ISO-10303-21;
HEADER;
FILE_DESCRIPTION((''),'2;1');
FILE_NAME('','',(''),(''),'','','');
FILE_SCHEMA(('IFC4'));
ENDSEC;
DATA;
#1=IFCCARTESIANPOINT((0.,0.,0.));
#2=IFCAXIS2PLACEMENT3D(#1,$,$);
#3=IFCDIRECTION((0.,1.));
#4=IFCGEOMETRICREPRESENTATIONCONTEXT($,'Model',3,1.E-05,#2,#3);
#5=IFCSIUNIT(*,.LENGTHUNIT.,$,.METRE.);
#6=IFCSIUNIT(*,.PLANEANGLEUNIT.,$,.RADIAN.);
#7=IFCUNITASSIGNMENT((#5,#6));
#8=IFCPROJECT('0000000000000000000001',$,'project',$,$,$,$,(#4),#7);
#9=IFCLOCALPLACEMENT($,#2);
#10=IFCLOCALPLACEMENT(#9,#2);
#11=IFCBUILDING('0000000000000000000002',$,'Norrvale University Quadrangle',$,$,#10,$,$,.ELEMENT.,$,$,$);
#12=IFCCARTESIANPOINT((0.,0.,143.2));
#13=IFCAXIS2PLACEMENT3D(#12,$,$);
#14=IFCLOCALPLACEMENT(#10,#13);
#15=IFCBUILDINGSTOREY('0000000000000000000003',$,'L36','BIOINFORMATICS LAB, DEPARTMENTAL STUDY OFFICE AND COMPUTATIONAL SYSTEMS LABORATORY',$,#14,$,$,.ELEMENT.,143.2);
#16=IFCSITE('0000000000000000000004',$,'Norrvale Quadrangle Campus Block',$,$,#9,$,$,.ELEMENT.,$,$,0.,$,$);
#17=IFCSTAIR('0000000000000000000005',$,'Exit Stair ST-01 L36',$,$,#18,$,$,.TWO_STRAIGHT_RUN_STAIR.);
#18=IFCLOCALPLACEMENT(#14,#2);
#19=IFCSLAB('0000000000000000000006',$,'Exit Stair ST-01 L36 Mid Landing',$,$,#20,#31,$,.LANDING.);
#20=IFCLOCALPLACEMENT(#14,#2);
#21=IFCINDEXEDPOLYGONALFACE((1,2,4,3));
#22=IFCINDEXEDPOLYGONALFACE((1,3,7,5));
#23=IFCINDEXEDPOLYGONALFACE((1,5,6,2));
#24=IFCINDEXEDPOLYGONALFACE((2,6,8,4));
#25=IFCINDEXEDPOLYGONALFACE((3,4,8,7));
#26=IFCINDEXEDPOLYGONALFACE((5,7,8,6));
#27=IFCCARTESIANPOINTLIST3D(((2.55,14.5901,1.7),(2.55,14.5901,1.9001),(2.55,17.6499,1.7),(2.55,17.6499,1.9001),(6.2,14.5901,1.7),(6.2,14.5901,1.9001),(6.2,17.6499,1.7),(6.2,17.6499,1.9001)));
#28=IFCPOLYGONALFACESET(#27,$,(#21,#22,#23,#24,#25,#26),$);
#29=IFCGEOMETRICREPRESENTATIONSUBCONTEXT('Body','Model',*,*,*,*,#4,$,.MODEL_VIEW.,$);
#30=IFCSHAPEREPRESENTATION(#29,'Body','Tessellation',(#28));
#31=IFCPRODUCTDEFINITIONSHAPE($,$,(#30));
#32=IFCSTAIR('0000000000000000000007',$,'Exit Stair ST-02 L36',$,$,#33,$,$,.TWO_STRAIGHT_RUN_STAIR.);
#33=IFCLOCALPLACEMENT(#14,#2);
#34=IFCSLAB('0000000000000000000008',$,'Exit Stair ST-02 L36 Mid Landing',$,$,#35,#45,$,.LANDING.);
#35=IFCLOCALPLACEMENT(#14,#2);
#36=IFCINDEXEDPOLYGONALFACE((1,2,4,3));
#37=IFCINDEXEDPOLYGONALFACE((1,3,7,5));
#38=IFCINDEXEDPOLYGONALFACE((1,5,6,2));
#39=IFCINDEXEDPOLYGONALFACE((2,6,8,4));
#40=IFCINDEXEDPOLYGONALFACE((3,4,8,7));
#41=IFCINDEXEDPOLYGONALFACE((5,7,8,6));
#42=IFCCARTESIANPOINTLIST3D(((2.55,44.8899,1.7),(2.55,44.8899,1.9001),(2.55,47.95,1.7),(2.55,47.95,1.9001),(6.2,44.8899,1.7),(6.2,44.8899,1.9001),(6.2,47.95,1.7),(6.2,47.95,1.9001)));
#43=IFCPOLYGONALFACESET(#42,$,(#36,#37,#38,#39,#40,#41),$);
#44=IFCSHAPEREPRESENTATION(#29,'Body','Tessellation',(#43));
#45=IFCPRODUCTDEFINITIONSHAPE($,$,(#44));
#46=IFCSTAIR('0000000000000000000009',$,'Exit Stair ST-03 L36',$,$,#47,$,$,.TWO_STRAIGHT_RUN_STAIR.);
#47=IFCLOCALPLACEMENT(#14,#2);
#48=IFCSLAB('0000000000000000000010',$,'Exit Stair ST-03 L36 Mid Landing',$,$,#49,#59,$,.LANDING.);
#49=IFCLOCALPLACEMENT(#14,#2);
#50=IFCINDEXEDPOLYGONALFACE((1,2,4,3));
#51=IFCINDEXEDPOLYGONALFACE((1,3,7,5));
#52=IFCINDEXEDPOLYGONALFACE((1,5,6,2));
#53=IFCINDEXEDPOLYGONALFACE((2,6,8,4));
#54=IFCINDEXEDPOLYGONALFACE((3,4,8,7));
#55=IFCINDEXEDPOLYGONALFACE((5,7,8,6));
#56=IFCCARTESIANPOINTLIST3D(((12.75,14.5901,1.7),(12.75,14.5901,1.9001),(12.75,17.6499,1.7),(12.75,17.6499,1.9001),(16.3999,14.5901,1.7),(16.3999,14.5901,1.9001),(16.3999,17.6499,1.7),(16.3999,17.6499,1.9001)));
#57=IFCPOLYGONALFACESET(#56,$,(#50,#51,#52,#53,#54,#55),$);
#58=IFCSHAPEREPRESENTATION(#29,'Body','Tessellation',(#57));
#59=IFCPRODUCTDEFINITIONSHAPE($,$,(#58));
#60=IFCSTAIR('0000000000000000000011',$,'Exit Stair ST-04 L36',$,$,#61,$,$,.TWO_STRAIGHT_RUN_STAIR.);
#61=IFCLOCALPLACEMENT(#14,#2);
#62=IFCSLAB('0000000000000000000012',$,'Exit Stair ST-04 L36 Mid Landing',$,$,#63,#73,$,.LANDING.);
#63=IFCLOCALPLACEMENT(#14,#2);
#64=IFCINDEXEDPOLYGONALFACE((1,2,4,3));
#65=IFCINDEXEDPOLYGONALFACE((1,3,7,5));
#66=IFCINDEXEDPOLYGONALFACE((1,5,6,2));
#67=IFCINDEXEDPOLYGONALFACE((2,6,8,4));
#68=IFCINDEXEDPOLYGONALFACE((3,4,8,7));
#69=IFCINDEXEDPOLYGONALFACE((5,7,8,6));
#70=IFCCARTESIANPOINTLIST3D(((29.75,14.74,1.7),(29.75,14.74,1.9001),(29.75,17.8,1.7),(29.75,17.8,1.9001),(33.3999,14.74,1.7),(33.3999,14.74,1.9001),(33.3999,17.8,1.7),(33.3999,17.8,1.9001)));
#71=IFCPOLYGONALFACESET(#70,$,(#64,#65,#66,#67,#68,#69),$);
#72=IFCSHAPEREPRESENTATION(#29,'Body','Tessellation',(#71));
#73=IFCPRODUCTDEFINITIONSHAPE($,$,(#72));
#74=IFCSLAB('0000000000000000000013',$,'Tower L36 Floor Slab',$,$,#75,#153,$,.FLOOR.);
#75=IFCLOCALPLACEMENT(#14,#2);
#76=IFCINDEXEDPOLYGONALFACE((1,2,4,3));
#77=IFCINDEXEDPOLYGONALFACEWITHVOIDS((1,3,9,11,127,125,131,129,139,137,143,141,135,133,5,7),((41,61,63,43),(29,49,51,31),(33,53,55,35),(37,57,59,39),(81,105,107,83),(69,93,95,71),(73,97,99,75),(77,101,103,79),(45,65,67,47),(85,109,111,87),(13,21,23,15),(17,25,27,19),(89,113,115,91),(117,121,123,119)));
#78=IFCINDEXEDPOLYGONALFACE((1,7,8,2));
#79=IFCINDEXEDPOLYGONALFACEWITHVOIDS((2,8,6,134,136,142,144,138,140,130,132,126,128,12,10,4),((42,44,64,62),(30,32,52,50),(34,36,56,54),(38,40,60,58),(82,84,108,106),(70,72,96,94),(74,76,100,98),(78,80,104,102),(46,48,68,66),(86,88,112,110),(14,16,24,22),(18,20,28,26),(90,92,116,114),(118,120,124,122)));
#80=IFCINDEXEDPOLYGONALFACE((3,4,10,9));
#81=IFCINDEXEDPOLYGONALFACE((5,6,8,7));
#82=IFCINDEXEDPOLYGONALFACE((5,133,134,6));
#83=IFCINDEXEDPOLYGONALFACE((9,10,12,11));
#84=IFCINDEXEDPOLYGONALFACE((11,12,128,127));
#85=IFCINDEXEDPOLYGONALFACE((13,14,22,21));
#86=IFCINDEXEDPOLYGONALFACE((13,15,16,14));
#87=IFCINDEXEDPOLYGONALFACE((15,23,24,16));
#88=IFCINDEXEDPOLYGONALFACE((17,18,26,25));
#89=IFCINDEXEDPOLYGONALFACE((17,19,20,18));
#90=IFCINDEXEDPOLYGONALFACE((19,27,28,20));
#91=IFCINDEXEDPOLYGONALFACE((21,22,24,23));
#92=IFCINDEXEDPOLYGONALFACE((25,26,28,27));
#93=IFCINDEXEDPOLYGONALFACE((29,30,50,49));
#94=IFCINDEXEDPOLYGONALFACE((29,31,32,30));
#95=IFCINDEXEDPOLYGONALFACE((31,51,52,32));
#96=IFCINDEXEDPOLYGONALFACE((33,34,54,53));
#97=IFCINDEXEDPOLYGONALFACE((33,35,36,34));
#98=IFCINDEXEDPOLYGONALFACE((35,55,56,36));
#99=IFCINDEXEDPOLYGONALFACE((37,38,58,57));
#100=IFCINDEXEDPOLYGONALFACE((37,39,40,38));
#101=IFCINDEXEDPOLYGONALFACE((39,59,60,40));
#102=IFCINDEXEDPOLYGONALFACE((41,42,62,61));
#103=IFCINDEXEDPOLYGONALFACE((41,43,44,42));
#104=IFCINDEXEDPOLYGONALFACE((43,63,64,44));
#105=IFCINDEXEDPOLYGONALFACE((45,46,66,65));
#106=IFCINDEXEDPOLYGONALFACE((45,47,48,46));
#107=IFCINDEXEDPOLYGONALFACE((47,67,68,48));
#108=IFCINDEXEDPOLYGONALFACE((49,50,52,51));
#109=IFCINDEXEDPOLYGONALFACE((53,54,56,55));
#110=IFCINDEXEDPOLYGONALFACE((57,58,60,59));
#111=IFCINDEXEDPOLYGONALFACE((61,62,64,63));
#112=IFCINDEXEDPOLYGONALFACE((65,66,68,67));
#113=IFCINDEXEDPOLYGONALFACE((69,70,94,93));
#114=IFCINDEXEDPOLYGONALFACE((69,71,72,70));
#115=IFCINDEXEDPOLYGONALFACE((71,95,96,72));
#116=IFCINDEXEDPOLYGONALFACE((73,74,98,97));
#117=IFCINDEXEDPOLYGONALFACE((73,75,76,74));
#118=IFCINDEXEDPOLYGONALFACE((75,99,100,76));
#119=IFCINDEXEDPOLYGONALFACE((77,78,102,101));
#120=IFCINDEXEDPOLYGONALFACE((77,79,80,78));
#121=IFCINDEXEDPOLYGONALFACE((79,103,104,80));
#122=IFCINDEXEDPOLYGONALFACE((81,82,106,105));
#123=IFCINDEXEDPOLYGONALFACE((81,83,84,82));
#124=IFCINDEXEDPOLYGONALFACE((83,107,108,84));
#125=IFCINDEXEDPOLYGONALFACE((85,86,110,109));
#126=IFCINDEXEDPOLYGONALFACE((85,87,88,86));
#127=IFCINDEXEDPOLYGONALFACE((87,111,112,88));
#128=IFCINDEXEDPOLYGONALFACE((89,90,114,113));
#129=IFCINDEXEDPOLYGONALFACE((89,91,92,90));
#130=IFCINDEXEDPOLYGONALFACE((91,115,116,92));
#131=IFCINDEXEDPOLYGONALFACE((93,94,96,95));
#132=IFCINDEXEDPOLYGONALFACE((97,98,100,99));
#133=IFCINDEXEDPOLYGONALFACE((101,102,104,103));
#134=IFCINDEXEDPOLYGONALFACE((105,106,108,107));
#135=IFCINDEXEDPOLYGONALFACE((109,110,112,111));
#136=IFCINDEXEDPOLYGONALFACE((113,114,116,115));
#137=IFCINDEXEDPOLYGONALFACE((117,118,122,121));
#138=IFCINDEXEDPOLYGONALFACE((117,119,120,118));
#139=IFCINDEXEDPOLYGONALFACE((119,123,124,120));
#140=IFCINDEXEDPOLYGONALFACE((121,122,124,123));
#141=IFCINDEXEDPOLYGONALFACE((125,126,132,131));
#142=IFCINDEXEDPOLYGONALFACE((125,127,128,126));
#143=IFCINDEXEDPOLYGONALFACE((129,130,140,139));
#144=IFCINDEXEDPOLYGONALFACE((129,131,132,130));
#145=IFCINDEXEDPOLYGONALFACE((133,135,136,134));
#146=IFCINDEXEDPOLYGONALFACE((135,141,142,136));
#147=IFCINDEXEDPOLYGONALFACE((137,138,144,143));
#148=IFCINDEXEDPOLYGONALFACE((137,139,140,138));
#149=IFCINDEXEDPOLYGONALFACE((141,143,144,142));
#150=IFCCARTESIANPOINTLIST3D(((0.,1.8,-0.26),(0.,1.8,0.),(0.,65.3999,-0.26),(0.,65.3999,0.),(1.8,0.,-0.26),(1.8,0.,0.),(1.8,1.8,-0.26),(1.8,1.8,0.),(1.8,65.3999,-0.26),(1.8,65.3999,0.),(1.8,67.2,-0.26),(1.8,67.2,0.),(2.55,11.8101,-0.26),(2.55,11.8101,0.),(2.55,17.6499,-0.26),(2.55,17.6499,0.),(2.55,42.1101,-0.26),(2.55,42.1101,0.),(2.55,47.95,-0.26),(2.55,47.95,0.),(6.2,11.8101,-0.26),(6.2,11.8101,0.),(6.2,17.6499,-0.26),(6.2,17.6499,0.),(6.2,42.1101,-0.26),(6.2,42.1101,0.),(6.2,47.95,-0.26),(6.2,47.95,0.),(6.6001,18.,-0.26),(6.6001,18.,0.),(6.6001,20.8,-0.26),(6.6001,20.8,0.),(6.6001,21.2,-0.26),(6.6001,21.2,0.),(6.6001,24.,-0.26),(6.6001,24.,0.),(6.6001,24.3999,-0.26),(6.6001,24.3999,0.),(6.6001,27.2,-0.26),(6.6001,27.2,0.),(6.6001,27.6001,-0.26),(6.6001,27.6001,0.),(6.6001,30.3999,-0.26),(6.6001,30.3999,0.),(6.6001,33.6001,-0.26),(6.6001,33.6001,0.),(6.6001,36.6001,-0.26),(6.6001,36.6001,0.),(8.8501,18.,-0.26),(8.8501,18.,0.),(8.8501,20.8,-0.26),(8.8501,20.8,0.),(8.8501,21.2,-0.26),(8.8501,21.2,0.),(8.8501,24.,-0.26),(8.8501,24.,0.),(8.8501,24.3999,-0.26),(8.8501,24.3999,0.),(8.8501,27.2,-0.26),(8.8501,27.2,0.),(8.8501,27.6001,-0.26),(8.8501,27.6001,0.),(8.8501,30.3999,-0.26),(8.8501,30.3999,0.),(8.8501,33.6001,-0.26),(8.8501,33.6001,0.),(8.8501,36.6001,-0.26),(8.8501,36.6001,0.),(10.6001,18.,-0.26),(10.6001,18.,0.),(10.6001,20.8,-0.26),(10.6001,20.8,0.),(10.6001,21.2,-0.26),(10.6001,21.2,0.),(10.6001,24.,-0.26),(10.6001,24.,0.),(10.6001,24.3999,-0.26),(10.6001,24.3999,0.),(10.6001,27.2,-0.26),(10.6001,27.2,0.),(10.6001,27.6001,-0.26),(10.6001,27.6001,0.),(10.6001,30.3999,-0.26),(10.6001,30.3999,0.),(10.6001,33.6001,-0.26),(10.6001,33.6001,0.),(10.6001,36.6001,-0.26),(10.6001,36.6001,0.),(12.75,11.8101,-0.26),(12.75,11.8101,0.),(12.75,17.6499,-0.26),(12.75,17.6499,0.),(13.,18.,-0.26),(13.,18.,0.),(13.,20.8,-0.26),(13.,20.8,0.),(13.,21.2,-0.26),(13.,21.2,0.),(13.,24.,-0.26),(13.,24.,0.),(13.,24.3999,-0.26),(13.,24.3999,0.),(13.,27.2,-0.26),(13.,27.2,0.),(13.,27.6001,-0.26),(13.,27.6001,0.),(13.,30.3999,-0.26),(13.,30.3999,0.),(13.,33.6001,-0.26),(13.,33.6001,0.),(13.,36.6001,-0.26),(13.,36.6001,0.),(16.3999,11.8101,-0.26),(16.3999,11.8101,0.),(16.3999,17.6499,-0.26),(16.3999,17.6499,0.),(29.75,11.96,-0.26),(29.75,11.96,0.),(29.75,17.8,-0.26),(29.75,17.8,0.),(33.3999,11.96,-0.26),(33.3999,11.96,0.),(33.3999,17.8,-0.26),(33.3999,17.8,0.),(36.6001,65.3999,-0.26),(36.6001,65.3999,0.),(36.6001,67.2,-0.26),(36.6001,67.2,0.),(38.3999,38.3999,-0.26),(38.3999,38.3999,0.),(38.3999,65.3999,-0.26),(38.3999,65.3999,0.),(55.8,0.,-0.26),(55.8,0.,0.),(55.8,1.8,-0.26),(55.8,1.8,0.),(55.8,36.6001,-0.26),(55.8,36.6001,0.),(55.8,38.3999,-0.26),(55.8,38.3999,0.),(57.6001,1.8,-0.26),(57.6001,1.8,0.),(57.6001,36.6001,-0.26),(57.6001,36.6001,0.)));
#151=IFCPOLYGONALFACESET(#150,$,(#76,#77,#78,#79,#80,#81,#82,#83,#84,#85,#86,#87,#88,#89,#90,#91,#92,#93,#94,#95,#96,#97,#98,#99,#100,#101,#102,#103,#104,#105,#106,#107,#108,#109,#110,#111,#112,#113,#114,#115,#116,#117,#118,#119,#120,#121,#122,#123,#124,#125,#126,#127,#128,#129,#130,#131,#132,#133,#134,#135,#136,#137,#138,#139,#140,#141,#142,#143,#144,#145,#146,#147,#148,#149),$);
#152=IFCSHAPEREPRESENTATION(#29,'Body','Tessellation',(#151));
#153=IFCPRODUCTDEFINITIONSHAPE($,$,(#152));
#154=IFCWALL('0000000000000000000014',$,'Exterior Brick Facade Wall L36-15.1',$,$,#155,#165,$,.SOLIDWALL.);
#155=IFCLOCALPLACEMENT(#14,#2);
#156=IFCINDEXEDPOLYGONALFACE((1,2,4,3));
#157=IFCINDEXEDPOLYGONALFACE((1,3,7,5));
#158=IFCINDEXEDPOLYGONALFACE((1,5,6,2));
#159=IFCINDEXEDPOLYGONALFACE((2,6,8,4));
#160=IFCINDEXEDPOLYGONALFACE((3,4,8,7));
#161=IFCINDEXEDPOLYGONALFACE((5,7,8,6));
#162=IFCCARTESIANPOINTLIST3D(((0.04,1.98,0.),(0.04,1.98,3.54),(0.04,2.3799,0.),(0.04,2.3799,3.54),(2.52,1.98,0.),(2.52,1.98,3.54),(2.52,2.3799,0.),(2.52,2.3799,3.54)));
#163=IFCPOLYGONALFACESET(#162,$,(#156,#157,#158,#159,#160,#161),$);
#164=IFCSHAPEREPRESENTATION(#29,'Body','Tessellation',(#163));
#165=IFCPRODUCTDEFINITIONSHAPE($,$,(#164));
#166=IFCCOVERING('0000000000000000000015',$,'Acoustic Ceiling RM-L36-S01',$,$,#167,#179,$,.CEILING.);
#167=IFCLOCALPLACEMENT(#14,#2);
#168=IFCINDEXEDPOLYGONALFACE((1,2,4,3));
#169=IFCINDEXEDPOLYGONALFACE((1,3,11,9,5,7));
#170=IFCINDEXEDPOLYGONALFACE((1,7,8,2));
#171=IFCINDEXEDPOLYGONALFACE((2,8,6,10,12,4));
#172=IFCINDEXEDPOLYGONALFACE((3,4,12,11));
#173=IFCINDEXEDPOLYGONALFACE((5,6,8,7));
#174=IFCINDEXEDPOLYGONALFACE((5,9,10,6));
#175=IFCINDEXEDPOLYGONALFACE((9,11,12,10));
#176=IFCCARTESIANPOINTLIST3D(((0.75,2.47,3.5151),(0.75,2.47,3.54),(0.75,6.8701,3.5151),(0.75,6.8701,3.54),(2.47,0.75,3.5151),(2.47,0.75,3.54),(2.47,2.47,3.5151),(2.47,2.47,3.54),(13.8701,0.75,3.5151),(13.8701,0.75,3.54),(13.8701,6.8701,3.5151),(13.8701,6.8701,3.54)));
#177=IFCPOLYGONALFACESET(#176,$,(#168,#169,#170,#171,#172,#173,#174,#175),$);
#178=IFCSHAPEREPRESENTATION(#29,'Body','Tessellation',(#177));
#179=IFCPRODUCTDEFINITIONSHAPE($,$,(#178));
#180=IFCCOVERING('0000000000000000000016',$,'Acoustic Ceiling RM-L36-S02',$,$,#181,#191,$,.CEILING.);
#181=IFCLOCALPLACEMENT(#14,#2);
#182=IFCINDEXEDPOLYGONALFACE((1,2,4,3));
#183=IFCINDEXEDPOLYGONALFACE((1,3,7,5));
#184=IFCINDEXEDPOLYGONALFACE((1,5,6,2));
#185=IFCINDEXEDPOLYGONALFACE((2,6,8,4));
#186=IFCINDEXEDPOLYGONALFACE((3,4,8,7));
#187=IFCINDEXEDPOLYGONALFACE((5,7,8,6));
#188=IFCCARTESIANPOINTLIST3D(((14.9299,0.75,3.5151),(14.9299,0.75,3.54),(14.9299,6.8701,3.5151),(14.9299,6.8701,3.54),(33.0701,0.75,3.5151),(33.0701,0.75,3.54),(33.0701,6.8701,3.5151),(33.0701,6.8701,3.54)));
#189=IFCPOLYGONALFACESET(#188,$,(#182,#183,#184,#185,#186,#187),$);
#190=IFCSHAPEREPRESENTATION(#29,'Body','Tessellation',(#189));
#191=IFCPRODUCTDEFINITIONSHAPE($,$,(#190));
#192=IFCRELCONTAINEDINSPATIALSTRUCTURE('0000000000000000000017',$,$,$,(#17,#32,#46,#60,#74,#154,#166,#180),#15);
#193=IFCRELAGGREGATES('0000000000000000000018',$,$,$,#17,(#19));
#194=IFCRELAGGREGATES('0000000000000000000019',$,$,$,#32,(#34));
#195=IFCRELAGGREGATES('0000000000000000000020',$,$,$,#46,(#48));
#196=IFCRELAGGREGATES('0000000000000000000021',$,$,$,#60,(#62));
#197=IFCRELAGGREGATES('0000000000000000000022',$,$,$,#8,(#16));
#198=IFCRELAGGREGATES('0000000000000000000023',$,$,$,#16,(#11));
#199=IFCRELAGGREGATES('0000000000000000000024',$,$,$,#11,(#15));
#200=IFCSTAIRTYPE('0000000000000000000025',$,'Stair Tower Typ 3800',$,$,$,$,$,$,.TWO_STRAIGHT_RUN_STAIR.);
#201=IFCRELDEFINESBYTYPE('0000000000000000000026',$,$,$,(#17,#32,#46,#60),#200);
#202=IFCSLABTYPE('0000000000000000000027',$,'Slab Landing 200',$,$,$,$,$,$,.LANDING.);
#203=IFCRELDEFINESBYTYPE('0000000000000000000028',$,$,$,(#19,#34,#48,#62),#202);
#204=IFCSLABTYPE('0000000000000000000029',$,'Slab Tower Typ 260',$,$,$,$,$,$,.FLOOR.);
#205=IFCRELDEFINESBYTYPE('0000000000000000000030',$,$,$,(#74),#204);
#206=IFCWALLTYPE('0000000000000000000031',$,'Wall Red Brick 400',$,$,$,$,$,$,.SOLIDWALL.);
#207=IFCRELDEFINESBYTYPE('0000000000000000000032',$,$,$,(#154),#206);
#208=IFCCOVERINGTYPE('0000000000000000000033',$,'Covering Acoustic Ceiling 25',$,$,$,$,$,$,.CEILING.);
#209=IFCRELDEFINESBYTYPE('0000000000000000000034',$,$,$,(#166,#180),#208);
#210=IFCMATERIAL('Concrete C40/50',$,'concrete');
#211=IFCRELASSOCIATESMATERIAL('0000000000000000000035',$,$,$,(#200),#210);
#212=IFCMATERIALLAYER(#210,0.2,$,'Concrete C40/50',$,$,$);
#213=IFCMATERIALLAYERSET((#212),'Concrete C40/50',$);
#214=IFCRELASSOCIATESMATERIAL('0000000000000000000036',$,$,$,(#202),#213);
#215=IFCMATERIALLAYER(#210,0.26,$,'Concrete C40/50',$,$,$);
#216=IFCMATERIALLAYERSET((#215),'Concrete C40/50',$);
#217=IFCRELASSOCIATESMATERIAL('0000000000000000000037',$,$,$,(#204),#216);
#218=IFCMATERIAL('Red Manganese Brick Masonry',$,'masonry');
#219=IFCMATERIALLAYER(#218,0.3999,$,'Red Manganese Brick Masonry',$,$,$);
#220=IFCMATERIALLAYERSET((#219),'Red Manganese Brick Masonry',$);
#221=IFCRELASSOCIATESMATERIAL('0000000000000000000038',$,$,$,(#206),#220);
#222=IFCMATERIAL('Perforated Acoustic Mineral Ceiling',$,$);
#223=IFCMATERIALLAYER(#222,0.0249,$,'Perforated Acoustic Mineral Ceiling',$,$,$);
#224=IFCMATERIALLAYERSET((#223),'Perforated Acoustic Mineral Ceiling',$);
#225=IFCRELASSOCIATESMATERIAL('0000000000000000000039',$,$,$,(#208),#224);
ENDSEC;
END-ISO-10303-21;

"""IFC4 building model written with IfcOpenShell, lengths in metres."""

from ifc_helpers import new_model, si_unit, direction, frame, frame_2d, origin, place, context, subcontext, project, spatial, polyline, rectangle, outline, extrude, material, layer, layer_set, type_object, element, aggregate, save


model = new_model("IFC4")

# Units and contexts
model_context = context("Model", 3, precision=1e-05, world=origin(), true_north=direction((0.0, 1.0)))
body_context = subcontext(model_context, "Body", "Model", "MODEL_VIEW")
ifc_project = project(units=[si_unit("LENGTHUNIT", "METRE"), si_unit("PLANEANGLEUNIT", "RADIAN")], contexts=[model_context])

# Site, building, storey
site_placement = place(None, origin())
site = spatial("IfcSite", under=ifc_project, at=site_placement, Name="Norrvale Quadrangle Campus Block", CompositionType="ELEMENT", RefElevation=0.0)
building_placement = place(site_placement, origin())
building = spatial("IfcBuilding", under=site, at=building_placement, Name="Norrvale University Quadrangle", CompositionType="ELEMENT")
storey_placement = place(building_placement, frame((0.0, 0.0, 143.2)))
storey = spatial("IfcBuildingStorey", under=building, at=storey_placement, Name="L36", Description="BIOINFORMATICS LAB, DEPARTMENTAL STUDY OFFICE AND COMPUTATIONAL SYSTEMS LABORATORY", CompositionType="ELEMENT", Elevation=143.2)

# Stairs, slabs
ifc_material_1 = material(Name="Concrete C40/50", Category="concrete")
stair_type = type_object("IfcStairType", Name="Stair Tower Typ 3800", PredefinedType="TWO_STRAIGHT_RUN_STAIR", material=ifc_material_1)
stair_1_placement = place(storey_placement, origin())
stair_1 = element("IfcStair", 1, at=stair_1_placement, inside=storey, type_object=stair_type, Name="Exit Stair ST-01 L36", PredefinedType="TWO_STRAIGHT_RUN_STAIR")
ifc_layer_1 = layer(ifc_material_1, 0.2, Name="Concrete C40/50")
ifc_layer_set_1 = layer_set([ifc_layer_1], Name="Concrete C40/50")
slab_type_1 = type_object("IfcSlabType", Name="Slab Landing 200", PredefinedType="LANDING", material=ifc_layer_set_1)
slab_1_placement = place(storey_placement, frame((0.0, 0.0, 1.7)))
slab_1 = element("IfcSlab", 2, at=slab_1_placement, type_object=slab_type_1, Name="Exit Stair ST-01 L36 Mid Landing", PredefinedType="LANDING", context=body_context, shape_type="SweptSolid", body=[
    extrude(outline(polyline([(2.55, 14.5901), (6.2, 14.5901), (6.2, 17.6499), (2.55, 17.6499), (2.55, 14.5901)])), origin(), (0.0, 0.0, 1.0), 0.2002),
])
aggregate(stair_1, [slab_1])
stair_2_placement = place(storey_placement, origin())
stair_2 = element("IfcStair", 3, at=stair_2_placement, inside=storey, type_object=stair_type, Name="Exit Stair ST-02 L36", PredefinedType="TWO_STRAIGHT_RUN_STAIR")
slab_2_placement = place(storey_placement, frame((0.0, 0.0, 1.7)))
slab_2 = element("IfcSlab", 4, at=slab_2_placement, type_object=slab_type_1, Name="Exit Stair ST-02 L36 Mid Landing", PredefinedType="LANDING", context=body_context, shape_type="SweptSolid", body=[
    extrude(outline(polyline([(2.55, 44.8899), (6.2, 44.8899), (6.2, 47.95), (2.55, 47.95), (2.55, 44.8899)])), origin(), (0.0, 0.0, 1.0), 0.2002),
])
aggregate(stair_2, [slab_2])
stair_3_placement = place(storey_placement, origin())
stair_3 = element("IfcStair", 5, at=stair_3_placement, inside=storey, type_object=stair_type, Name="Exit Stair ST-03 L36", PredefinedType="TWO_STRAIGHT_RUN_STAIR")
slab_3_placement = place(storey_placement, frame((0.0, 0.0, 1.7)))
slab_3 = element("IfcSlab", 6, at=slab_3_placement, type_object=slab_type_1, Name="Exit Stair ST-03 L36 Mid Landing", PredefinedType="LANDING", context=body_context, shape_type="SweptSolid", body=[
    extrude(outline(polyline([(12.75, 14.5901), (16.3999, 14.5901), (16.3999, 17.6499), (12.75, 17.6499), (12.75, 14.5901)])), origin(), (0.0, 0.0, 1.0), 0.2002),
])
aggregate(stair_3, [slab_3])
stair_4_placement = place(storey_placement, origin())
stair_4 = element("IfcStair", 7, at=stair_4_placement, inside=storey, type_object=stair_type, Name="Exit Stair ST-04 L36", PredefinedType="TWO_STRAIGHT_RUN_STAIR")
slab_4_placement = place(storey_placement, frame((0.0, 0.0, 1.7)))
slab_4 = element("IfcSlab", 8, at=slab_4_placement, type_object=slab_type_1, Name="Exit Stair ST-04 L36 Mid Landing", PredefinedType="LANDING", context=body_context, shape_type="SweptSolid", body=[
    extrude(outline(polyline([(29.75, 14.74), (33.3999, 14.74), (33.3999, 17.8), (29.75, 17.8), (29.75, 14.74)])), origin(), (0.0, 0.0, 1.0), 0.2002),
])
aggregate(stair_4, [slab_4])

# Slab
ifc_layer_2 = layer(ifc_material_1, 0.26, Name="Concrete C40/50")
ifc_layer_set_2 = layer_set([ifc_layer_2], Name="Concrete C40/50")
slab_type_2 = type_object("IfcSlabType", Name="Slab Tower Typ 260", PredefinedType="FLOOR", material=ifc_layer_set_2)
slab_5_placement = place(storey_placement, frame((0.0, 0.0, -0.26)))
element("IfcSlab", 9, at=slab_5_placement, inside=storey, type_object=slab_type_2, Name="Tower L36 Floor Slab", PredefinedType="FLOOR", context=body_context, shape_type="SweptSolid", body=[
    extrude(outline(polyline([(1.8, 0.0), (55.8, 0.0), (55.8, 1.8), (57.6001, 1.8), (57.6001, 36.6001), (55.8, 36.6001), (55.8, 38.3999), (38.3999, 38.3999), (38.3999, 65.3999), (36.6001, 65.3999), (36.6001, 67.2), (1.8, 67.2), (1.8, 65.3999), (0.0, 65.3999), (0.0, 1.8), (1.8, 1.8), (1.8, 0.0)]), holes=[polyline([(2.55, 11.8101), (6.2, 11.8101), (6.2, 17.6499), (2.55, 17.6499), (2.55, 11.8101)]), polyline([(2.55, 42.1101), (6.2, 42.1101), (6.2, 47.95), (2.55, 47.95), (2.55, 42.1101)]), polyline([(12.75, 11.8101), (16.3999, 11.8101), (16.3999, 17.6499), (12.75, 17.6499), (12.75, 11.8101)]), polyline([(29.75, 11.96), (33.3999, 11.96), (33.3999, 17.8), (29.75, 17.8), (29.75, 11.96)]), polyline([(6.6001, 18.0), (8.8501, 18.0), (8.8501, 20.8), (6.6001, 20.8), (6.6001, 18.0)]), polyline([(6.6001, 21.2), (8.8501, 21.2), (8.8501, 24.0), (6.6001, 24.0), (6.6001, 21.2)]), polyline([(6.6001, 24.3999), (8.8501, 24.3999), (8.8501, 27.2), (6.6001, 27.2), (6.6001, 24.3999)]), polyline([(6.6001, 27.6001), (8.8501, 27.6001), (8.8501, 30.3999), (6.6001, 30.3999), (6.6001, 27.6001)]), polyline([(10.6001, 18.0), (13.0, 18.0), (13.0, 20.8), (10.6001, 20.8), (10.6001, 18.0)]), polyline([(10.6001, 21.2), (13.0, 21.2), (13.0, 24.0), (10.6001, 24.0), (10.6001, 21.2)]), polyline([(10.6001, 24.3999), (13.0, 24.3999), (13.0, 27.2), (10.6001, 27.2), (10.6001, 24.3999)]), polyline([(10.6001, 27.6001), (13.0, 27.6001), (13.0, 30.3999), (10.6001, 30.3999), (10.6001, 27.6001)]), polyline([(6.6001, 33.6001), (8.8501, 33.6001), (8.8501, 36.6001), (6.6001, 36.6001), (6.6001, 33.6001)]), polyline([(10.6001, 33.6001), (13.0, 33.6001), (13.0, 36.6001), (10.6001, 36.6001), (10.6001, 33.6001)])]), origin(), (0.0, 0.0, 1.0), 0.26),
])

# Wall
ifc_material_2 = material(Name="Red Manganese Brick Masonry", Category="masonry")
ifc_layer_3 = layer(ifc_material_2, 0.3999, Name="Red Manganese Brick Masonry")
ifc_layer_set_3 = layer_set([ifc_layer_3], Name="Red Manganese Brick Masonry")
wall_type = type_object("IfcWallType", Name="Wall Red Brick 400", PredefinedType="SOLIDWALL", material=ifc_layer_set_3)
wall_placement = place(storey_placement, frame((0.04, 2.1799, 0.0), z_axis=(0.0, 0.0, 1.0), x_axis=(1.0, 0.0, 0.0)))
element("IfcWall", 10, at=wall_placement, inside=storey, type_object=wall_type, Name="Exterior Brick Facade Wall L36-15.1", PredefinedType="SOLIDWALL", context=body_context, shape_type="SweptSolid", body=[
    extrude(rectangle(XDim=2.48, YDim=0.3999, at=frame_2d((1.24, 0.0))), origin(), (0.0, 0.0, 1.0), 3.54),
])

# Coverings
ifc_material_3 = material(Name="Perforated Acoustic Mineral Ceiling")
ifc_layer_4 = layer(ifc_material_3, 0.0249, Name="Perforated Acoustic Mineral Ceiling")
ifc_layer_set_4 = layer_set([ifc_layer_4], Name="Perforated Acoustic Mineral Ceiling")
covering_type_1 = type_object("IfcCoveringType", Name="Covering Acoustic Ceiling 25", PredefinedType="CEILING", material=ifc_layer_set_4)
covering_1_placement = place(storey_placement, frame((0.0, 0.0, 3.5151)))
element("IfcCovering", 11, at=covering_1_placement, inside=storey, type_object=covering_type_1, Name="Acoustic Ceiling RM-L36-S01", PredefinedType="CEILING", context=body_context, shape_type="SweptSolid", body=[
    extrude(outline(polyline([(0.75, 6.8701), (13.8701, 6.8701), (13.8701, 0.75), (2.47, 0.75), (2.47, 2.47), (0.75, 2.47), (0.75, 6.8701)])), origin(), (0.0, 0.0, 1.0), 0.0249),
])
covering_2_placement = place(storey_placement, frame((0.0, 0.0, 3.5151)))
element("IfcCovering", 12, at=covering_2_placement, inside=storey, type_object=covering_type_1, Name="Acoustic Ceiling RM-L36-S02", PredefinedType="CEILING", context=body_context, shape_type="SweptSolid", body=[
    extrude(outline(polyline([(14.9299, 6.8701), (33.0701, 6.8701), (33.0701, 0.75), (14.9299, 0.75), (14.9299, 6.8701)])), origin(), (0.0, 0.0, 1.0), 0.0249),
])

save(model, "model.ifc")
